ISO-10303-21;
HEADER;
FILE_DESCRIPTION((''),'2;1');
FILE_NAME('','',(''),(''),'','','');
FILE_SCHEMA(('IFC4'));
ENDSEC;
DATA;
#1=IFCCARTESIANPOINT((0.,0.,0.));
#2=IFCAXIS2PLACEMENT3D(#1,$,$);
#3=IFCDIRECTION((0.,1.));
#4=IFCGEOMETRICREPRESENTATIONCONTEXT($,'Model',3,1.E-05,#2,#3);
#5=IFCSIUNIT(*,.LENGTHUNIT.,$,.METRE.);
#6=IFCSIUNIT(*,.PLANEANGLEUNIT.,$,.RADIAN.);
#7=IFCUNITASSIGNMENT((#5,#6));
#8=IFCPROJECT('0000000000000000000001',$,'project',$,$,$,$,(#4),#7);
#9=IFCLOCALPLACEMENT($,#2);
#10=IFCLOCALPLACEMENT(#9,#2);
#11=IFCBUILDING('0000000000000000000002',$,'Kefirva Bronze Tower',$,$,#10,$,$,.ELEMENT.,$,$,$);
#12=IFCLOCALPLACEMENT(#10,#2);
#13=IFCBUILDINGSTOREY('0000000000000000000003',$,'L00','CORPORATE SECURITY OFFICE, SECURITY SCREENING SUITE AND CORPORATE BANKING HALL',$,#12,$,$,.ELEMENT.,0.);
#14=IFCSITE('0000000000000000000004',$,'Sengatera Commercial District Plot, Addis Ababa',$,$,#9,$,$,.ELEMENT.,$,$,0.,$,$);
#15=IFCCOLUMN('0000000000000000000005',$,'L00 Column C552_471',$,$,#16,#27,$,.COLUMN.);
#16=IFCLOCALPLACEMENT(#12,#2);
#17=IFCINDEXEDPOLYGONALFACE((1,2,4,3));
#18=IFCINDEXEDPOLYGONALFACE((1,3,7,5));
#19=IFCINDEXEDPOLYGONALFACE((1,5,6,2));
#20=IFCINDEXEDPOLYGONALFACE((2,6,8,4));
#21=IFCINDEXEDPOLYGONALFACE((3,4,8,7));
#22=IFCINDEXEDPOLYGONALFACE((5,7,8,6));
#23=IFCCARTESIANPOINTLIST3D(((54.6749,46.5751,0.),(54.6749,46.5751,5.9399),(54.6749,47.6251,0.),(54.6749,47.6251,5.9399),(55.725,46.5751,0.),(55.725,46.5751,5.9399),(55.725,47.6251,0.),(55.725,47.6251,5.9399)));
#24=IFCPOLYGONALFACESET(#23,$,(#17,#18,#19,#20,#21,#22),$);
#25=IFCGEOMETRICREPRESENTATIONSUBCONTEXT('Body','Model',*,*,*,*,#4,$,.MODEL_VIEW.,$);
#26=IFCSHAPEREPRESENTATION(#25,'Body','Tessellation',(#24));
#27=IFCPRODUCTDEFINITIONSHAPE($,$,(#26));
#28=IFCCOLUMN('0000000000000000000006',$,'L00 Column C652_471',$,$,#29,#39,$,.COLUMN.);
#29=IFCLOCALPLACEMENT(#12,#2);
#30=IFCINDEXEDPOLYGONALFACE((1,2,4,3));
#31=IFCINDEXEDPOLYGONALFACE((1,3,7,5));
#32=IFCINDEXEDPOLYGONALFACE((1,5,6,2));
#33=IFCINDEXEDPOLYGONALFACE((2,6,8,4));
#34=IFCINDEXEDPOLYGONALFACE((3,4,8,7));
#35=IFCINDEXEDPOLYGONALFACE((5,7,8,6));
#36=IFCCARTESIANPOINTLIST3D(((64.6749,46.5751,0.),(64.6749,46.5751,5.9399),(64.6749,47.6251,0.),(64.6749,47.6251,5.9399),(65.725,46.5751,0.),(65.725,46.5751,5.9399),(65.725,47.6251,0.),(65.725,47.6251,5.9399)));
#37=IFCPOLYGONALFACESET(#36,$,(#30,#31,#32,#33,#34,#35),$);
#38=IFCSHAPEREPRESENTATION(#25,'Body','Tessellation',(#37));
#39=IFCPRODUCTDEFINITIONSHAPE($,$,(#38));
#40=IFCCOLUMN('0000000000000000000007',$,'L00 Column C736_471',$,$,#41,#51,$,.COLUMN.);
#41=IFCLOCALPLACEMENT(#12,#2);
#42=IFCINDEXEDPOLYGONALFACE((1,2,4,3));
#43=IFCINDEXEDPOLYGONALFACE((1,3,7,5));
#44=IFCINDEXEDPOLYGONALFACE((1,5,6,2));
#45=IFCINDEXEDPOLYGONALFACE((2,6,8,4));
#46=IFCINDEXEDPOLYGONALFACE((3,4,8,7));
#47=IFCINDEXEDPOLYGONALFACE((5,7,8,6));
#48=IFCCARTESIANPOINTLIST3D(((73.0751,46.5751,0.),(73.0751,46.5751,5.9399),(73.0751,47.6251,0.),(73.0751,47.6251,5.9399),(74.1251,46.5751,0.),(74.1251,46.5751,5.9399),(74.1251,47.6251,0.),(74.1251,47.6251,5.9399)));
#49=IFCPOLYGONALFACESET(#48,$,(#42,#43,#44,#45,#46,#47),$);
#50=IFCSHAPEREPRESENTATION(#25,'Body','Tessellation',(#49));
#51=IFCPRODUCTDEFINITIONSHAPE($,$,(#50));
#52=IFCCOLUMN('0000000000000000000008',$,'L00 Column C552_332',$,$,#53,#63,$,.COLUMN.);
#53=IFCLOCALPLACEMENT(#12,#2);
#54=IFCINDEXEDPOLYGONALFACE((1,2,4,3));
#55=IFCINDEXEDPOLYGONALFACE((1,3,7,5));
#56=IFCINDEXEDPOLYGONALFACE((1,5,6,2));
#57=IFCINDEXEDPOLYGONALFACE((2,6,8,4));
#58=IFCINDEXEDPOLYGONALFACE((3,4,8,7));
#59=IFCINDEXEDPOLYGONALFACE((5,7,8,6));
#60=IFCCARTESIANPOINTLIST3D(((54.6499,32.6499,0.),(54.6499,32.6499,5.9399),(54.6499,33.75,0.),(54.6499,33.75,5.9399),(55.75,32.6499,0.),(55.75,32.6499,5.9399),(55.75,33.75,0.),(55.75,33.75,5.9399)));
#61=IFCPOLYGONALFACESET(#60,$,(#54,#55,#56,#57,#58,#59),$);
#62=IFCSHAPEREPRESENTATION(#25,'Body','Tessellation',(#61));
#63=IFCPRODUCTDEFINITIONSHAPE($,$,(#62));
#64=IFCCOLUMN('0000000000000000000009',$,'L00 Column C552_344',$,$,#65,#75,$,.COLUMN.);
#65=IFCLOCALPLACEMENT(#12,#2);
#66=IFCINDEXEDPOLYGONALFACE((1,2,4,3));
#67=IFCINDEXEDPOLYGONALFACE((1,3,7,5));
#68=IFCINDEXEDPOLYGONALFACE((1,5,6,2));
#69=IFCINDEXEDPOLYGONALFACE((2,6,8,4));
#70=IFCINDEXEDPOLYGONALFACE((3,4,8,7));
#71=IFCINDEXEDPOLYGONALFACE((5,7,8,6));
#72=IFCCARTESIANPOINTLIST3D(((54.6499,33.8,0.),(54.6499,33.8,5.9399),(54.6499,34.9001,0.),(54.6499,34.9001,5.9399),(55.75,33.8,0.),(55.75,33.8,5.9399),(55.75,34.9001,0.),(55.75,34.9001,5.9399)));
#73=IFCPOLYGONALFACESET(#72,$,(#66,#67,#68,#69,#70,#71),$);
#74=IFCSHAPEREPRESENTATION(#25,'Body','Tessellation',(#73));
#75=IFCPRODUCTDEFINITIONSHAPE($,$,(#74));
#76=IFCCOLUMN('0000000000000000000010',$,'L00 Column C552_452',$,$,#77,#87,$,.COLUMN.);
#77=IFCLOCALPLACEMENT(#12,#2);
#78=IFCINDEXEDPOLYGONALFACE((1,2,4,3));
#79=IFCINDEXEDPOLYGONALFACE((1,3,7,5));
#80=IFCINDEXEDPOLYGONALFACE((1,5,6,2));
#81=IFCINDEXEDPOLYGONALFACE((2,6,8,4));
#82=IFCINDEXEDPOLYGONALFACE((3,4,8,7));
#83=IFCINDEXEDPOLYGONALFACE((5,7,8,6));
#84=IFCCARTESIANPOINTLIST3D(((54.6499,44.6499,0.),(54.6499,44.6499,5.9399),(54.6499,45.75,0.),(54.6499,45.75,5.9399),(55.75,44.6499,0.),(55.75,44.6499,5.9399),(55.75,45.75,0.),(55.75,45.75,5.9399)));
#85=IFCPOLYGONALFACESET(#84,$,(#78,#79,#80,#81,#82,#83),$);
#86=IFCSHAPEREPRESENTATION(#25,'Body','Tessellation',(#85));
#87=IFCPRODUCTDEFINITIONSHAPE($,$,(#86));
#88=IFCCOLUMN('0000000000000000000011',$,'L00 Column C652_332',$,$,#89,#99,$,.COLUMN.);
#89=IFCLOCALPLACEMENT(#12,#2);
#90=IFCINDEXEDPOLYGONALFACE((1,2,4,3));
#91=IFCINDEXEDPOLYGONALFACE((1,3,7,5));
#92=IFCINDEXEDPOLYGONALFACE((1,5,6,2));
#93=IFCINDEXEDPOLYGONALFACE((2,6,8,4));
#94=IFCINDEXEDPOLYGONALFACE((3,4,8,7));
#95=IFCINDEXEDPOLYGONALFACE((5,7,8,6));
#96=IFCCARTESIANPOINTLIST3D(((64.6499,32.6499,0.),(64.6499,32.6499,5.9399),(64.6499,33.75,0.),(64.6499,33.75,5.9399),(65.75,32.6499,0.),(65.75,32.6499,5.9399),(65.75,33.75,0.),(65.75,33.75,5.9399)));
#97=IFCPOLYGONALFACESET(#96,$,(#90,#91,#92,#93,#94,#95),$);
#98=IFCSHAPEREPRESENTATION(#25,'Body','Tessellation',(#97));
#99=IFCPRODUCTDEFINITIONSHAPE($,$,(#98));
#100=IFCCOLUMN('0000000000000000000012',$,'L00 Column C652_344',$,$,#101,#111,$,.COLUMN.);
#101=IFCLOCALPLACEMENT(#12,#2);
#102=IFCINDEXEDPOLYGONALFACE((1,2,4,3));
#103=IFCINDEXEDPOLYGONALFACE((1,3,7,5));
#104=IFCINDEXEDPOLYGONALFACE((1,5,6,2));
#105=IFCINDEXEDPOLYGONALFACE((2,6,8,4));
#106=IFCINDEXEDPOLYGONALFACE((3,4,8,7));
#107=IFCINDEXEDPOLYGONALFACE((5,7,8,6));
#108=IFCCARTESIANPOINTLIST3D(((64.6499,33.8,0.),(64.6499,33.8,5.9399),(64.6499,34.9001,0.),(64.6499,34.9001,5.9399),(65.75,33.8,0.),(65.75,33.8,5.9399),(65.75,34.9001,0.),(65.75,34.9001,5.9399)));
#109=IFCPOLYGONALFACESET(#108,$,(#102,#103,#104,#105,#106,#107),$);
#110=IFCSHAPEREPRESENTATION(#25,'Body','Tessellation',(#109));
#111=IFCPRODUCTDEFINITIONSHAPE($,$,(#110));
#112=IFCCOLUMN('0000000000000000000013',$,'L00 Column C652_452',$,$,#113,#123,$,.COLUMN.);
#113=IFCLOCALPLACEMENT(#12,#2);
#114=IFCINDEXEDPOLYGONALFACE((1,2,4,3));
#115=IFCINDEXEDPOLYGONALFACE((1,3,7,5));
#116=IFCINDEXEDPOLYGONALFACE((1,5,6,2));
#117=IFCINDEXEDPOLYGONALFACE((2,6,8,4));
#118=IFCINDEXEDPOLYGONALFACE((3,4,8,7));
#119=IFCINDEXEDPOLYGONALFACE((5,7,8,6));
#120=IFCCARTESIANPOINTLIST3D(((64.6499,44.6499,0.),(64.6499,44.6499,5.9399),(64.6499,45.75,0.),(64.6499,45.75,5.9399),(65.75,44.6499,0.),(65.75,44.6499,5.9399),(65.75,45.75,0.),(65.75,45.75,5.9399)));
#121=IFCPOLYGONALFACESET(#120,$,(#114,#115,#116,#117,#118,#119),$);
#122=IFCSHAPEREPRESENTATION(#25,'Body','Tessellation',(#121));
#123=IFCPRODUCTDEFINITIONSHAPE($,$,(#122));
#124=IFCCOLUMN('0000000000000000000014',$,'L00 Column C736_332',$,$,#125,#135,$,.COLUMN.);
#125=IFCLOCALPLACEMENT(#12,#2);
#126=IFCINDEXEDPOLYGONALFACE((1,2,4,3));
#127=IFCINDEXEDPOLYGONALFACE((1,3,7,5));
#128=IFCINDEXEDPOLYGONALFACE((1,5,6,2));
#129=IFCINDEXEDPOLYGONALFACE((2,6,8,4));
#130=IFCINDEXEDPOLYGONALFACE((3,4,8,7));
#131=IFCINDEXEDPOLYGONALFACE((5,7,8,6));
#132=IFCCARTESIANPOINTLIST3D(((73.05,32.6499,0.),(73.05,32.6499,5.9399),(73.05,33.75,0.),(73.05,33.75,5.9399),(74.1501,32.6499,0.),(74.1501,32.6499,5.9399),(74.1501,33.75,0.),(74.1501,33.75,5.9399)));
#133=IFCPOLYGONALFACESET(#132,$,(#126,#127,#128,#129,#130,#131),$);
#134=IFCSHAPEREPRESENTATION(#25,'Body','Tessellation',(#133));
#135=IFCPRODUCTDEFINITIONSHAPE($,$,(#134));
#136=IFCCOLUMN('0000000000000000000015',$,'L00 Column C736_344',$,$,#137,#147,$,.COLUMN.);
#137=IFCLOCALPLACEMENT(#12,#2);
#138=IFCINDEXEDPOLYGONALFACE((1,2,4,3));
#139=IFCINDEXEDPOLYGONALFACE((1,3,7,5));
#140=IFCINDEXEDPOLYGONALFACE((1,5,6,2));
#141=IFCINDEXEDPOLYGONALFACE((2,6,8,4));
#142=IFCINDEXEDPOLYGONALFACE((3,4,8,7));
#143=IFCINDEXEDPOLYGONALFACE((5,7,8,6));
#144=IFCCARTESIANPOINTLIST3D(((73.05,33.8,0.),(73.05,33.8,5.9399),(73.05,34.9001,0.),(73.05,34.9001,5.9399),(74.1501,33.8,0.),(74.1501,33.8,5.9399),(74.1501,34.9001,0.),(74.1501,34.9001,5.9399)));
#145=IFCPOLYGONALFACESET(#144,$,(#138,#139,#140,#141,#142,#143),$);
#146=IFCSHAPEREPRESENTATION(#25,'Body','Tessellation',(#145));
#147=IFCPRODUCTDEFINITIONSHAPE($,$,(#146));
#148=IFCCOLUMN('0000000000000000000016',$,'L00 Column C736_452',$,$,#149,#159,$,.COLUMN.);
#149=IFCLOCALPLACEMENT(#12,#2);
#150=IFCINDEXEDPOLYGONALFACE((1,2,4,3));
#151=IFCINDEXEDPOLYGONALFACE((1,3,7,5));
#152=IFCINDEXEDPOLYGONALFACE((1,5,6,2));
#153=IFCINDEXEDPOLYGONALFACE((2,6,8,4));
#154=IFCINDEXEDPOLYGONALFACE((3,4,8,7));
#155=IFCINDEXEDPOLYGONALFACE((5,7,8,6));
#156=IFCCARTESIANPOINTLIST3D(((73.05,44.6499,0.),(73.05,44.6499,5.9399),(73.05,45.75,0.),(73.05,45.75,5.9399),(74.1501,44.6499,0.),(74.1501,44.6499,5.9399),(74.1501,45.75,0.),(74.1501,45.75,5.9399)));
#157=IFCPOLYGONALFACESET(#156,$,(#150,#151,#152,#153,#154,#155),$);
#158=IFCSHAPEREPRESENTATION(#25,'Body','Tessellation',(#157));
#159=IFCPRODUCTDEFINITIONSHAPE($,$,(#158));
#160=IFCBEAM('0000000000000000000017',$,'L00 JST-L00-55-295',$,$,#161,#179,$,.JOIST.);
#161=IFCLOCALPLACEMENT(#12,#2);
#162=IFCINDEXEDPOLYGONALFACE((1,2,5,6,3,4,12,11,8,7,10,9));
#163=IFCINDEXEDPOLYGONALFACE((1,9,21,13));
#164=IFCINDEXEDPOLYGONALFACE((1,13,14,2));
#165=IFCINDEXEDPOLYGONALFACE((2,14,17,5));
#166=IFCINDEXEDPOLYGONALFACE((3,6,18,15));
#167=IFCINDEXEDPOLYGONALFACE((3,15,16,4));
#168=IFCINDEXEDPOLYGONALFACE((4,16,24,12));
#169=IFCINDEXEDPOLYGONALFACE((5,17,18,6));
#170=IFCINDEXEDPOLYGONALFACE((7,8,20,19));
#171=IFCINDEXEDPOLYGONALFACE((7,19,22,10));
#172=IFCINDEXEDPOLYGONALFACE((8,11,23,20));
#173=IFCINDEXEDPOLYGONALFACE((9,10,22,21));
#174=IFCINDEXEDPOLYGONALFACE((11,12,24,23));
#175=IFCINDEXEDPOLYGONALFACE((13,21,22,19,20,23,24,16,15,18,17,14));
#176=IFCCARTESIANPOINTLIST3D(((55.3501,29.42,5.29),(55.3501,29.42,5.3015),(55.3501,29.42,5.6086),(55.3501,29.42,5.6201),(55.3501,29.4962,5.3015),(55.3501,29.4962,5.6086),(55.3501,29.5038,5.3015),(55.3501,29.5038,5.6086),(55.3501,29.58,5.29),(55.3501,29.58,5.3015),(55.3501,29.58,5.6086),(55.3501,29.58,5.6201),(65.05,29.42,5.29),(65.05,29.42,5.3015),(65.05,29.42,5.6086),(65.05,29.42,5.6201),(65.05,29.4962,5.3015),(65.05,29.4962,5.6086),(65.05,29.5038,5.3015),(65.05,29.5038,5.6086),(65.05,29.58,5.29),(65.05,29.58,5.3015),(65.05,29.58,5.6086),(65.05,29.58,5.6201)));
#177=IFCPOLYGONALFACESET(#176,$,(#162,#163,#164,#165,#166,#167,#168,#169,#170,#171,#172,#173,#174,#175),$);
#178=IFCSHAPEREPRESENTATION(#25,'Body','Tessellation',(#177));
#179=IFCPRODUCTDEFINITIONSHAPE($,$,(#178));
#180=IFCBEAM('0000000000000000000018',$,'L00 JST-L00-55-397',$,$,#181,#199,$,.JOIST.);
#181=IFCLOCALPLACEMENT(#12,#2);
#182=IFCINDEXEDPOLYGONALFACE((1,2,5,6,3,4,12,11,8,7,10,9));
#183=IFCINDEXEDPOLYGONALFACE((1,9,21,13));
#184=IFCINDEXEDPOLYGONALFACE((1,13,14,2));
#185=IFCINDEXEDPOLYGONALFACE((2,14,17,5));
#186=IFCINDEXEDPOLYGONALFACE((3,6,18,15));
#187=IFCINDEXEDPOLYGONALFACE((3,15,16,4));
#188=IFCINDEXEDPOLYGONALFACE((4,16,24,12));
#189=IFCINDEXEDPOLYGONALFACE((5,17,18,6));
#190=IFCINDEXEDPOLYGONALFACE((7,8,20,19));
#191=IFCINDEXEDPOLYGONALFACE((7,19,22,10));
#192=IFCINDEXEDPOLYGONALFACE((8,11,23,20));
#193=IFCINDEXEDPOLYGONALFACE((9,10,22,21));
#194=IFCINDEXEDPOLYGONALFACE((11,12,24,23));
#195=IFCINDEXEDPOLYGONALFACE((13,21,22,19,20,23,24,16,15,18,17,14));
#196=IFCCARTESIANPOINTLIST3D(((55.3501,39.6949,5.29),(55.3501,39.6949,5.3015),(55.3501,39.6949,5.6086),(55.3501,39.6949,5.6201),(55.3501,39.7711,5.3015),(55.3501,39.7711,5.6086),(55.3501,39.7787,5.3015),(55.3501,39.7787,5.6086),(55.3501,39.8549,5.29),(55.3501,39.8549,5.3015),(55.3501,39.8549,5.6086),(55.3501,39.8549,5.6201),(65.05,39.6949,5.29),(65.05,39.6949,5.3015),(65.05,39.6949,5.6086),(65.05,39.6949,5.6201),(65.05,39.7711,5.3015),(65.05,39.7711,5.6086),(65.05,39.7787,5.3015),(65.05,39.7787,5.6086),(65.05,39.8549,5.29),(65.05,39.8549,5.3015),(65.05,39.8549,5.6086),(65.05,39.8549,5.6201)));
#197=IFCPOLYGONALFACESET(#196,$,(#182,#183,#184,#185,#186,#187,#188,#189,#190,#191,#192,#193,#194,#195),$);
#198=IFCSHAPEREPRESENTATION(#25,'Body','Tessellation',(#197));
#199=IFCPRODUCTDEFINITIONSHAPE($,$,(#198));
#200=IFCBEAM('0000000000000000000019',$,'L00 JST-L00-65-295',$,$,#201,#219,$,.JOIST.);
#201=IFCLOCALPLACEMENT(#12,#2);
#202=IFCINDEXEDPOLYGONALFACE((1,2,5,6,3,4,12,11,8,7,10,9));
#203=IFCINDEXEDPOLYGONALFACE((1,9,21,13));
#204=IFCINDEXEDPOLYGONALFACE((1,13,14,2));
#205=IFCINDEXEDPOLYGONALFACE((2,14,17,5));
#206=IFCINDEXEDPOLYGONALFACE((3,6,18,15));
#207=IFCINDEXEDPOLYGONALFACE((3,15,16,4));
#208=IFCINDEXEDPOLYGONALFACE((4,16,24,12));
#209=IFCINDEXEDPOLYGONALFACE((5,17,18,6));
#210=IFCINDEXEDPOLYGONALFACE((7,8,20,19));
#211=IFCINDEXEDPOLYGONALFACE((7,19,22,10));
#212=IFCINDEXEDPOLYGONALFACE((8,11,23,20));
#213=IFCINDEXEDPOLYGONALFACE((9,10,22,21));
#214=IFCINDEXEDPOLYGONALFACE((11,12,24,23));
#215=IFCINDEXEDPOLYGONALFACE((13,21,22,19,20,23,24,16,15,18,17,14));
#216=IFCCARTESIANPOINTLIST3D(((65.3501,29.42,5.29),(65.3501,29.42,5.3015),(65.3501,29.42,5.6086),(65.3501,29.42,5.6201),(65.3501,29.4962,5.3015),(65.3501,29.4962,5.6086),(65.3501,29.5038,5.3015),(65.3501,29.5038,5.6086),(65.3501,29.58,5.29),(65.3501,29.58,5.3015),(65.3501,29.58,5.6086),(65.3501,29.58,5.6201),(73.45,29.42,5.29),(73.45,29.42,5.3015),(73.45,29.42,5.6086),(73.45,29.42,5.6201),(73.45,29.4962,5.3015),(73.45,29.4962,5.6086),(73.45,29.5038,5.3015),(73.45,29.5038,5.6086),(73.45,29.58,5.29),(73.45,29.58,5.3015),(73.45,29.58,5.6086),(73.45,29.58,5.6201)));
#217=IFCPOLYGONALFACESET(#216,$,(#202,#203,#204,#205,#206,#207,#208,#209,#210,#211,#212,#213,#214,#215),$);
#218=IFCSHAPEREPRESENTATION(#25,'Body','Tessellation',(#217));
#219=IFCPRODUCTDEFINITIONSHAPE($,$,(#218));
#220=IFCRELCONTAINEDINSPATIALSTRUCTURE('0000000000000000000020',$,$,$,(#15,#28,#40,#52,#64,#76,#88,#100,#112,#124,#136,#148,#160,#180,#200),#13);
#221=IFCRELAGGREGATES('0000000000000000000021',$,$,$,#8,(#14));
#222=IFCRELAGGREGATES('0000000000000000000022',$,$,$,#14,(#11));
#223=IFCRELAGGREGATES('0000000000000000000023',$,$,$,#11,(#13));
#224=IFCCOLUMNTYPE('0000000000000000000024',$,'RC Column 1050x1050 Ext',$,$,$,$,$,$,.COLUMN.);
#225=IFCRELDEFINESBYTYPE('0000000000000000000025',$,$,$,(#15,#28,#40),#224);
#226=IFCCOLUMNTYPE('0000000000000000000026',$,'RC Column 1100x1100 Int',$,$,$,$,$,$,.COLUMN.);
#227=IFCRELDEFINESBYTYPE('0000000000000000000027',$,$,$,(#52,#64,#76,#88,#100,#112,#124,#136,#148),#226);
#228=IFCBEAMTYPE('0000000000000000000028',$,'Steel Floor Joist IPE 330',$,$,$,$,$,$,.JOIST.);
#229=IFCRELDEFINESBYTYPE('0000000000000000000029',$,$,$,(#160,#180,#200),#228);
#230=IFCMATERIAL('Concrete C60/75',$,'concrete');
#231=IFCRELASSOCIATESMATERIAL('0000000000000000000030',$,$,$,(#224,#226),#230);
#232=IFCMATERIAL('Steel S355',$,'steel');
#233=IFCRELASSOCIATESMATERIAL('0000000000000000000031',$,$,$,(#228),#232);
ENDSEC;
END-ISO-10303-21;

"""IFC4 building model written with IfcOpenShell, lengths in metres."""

from ifc_helpers import new_model, si_unit, direction, frame, origin, origin_2d, place, context, subcontext, project, spatial, rectangle, i_section, extrude, material, material_profile, profile_set, type_object, element, save


model = new_model("IFC4")

# Units and contexts
model_context = context("Model", 3, precision=1e-05, world=origin(), true_north=direction((0.0, 1.0)))
body_context = subcontext(model_context, "Body", "Model", "MODEL_VIEW")
ifc_project = project(units=[si_unit("LENGTHUNIT", "METRE"), si_unit("PLANEANGLEUNIT", "RADIAN")], contexts=[model_context])

# Site, building, storey
site_placement = place(None, origin())
site = spatial("IfcSite", under=ifc_project, at=site_placement, Name="Sengatera Commercial District Plot, Addis Ababa", CompositionType="ELEMENT", RefElevation=0.0)
building_placement = place(site_placement, origin())
building = spatial("IfcBuilding", under=site, at=building_placement, Name="Kefirva Bronze Tower", CompositionType="ELEMENT")
storey_placement = place(building_placement, origin())
storey = spatial("IfcBuildingStorey", under=building, at=storey_placement, Name="L00", Description="CORPORATE SECURITY OFFICE, SECURITY SCREENING SUITE AND CORPORATE BANKING HALL", CompositionType="ELEMENT", Elevation=0.0)

# Columns
ifc_material_1 = material(Name="Concrete C60/75", Category="concrete")
ifc_material_profile_1 = material_profile(ifc_material_1, rectangle(XDim=1.05, YDim=1.05, at=origin_2d()), Name="RC 1050x1050")
ifc_profile_set_1 = profile_set([ifc_material_profile_1], Name="Concrete C60/75")
column_type_1 = type_object("IfcColumnType", Name="RC Column 1050x1050 Ext", PredefinedType="COLUMN", material=ifc_profile_set_1)
for number, where, z_axis, x_axis, name in (
    (1, (55.2, 47.1001, 0.0), (0.0, 0.0, 1.0), (1.0, 0.0, 0.0), "L00 Column C552_471"),
    (2, (65.2, 47.1001, 0.0), (0.0, 0.0, 1.0), (1.0, 0.0, 0.0), "L00 Column C652_471"),
    (3, (73.6001, 47.1001, 0.0), (0.0, 0.0, 1.0), (1.0, 0.0, 0.0), "L00 Column C736_471"),
):
    element("IfcColumn", number, at=place(storey_placement, frame(where, z_axis=z_axis, x_axis=x_axis)), inside=storey, type_object=column_type_1, Name=name, PredefinedType="COLUMN", context=body_context, shape_type="SweptSolid", body=[
        extrude(rectangle(XDim=1.05, YDim=1.05, at=origin_2d()), origin(), (0.0, 0.0, 1.0), 5.9399),
    ])
ifc_material_profile_2 = material_profile(ifc_material_1, rectangle(XDim=1.1001, YDim=1.1001, at=origin_2d()), Name="RC 1100x1100")
ifc_profile_set_2 = profile_set([ifc_material_profile_2], Name="Concrete C60/75")
column_type_2 = type_object("IfcColumnType", Name="RC Column 1100x1100 Int", PredefinedType="COLUMN", material=ifc_profile_set_2)
for number, where, z_axis, x_axis, name in (
    (4, (55.2, 33.2, 0.0), (0.0, 0.0, 1.0), (1.0, 0.0, 0.0), "L00 Column C552_332"),
    (5, (55.2, 34.3501, 0.0), (0.0, 0.0, 1.0), (1.0, 0.0, 0.0), "L00 Column C552_344"),
    (6, (55.2, 45.2, 0.0), (0.0, 0.0, 1.0), (1.0, 0.0, 0.0), "L00 Column C552_452"),
    (7, (65.2, 33.2, 0.0), (0.0, 0.0, 1.0), (1.0, 0.0, 0.0), "L00 Column C652_332"),
    (8, (65.2, 34.3501, 0.0), (0.0, 0.0, 1.0), (1.0, 0.0, 0.0), "L00 Column C652_344"),
    (9, (65.2, 45.2, 0.0), (0.0, 0.0, 1.0), (1.0, 0.0, 0.0), "L00 Column C652_452"),
    (10, (73.6001, 33.2, 0.0), (0.0, 0.0, 1.0), (1.0, 0.0, 0.0), "L00 Column C736_332"),
    (11, (73.6001, 34.3501, 0.0), (0.0, 0.0, 1.0), (1.0, 0.0, 0.0), "L00 Column C736_344"),
    (12, (73.6001, 45.2, 0.0), (0.0, 0.0, 1.0), (1.0, 0.0, 0.0), "L00 Column C736_452"),
):
    element("IfcColumn", number, at=place(storey_placement, frame(where, z_axis=z_axis, x_axis=x_axis)), inside=storey, type_object=column_type_2, Name=name, PredefinedType="COLUMN", context=body_context, shape_type="SweptSolid", body=[
        extrude(rectangle(XDim=1.1001, YDim=1.1001, at=origin_2d()), origin(), (0.0, 0.0, 1.0), 5.9399),
    ])

# Beams
ifc_material_2 = material(Name="Steel S355", Category="steel")
ifc_material_profile_3 = material_profile(ifc_material_2, i_section(OverallWidth=0.1599, OverallDepth=0.3301, WebThickness=0.0076, FlangeThickness=0.0115, at=origin_2d()), Name="IPE 330")
ifc_profile_set_3 = profile_set([ifc_material_profile_3], Name="Steel S355")
beam_type_1 = type_object("IfcBeamType", Name="Steel Floor Joist IPE 330", PredefinedType="JOIST", material=ifc_profile_set_3)
for number, where, z_axis, x_axis, name in (
    (13, (55.3501, 29.5, 5.4551), (1.0, 0.0, 0.0), (0.0, 1.0, 0.0), "L00 JST-L00-55-295"),
    (14, (55.3501, 39.7749, 5.4551), (1.0, 0.0, 0.0), (0.0, 1.0, 0.0), "L00 JST-L00-55-397"),
):
    element("IfcBeam", number, at=place(storey_placement, frame(where, z_axis=z_axis, x_axis=x_axis)), inside=storey, type_object=beam_type_1, Name=name, PredefinedType="JOIST", context=body_context, shape_type="SweptSolid", body=[
        extrude(i_section(OverallWidth=0.1599, OverallDepth=0.3301, WebThickness=0.0076, FlangeThickness=0.0115, at=origin_2d()), origin(), (0.0, 0.0, 1.0), 9.7),
    ])
for number, where, z_axis, x_axis, name in (
    (15, (65.3501, 29.5, 5.4551), (1.0, 0.0, 0.0), (0.0, 1.0, 0.0), "L00 JST-L00-65-295"),
):
    element("IfcBeam", number, at=place(storey_placement, frame(where, z_axis=z_axis, x_axis=x_axis)), inside=storey, type_object=beam_type_1, Name=name, PredefinedType="JOIST", context=body_context, shape_type="SweptSolid", body=[
        extrude(i_section(OverallWidth=0.1599, OverallDepth=0.3301, WebThickness=0.0076, FlangeThickness=0.0115, at=origin_2d()), origin(), (0.0, 0.0, 1.0), 8.0999),
    ])

save(model, "model.ifc")
